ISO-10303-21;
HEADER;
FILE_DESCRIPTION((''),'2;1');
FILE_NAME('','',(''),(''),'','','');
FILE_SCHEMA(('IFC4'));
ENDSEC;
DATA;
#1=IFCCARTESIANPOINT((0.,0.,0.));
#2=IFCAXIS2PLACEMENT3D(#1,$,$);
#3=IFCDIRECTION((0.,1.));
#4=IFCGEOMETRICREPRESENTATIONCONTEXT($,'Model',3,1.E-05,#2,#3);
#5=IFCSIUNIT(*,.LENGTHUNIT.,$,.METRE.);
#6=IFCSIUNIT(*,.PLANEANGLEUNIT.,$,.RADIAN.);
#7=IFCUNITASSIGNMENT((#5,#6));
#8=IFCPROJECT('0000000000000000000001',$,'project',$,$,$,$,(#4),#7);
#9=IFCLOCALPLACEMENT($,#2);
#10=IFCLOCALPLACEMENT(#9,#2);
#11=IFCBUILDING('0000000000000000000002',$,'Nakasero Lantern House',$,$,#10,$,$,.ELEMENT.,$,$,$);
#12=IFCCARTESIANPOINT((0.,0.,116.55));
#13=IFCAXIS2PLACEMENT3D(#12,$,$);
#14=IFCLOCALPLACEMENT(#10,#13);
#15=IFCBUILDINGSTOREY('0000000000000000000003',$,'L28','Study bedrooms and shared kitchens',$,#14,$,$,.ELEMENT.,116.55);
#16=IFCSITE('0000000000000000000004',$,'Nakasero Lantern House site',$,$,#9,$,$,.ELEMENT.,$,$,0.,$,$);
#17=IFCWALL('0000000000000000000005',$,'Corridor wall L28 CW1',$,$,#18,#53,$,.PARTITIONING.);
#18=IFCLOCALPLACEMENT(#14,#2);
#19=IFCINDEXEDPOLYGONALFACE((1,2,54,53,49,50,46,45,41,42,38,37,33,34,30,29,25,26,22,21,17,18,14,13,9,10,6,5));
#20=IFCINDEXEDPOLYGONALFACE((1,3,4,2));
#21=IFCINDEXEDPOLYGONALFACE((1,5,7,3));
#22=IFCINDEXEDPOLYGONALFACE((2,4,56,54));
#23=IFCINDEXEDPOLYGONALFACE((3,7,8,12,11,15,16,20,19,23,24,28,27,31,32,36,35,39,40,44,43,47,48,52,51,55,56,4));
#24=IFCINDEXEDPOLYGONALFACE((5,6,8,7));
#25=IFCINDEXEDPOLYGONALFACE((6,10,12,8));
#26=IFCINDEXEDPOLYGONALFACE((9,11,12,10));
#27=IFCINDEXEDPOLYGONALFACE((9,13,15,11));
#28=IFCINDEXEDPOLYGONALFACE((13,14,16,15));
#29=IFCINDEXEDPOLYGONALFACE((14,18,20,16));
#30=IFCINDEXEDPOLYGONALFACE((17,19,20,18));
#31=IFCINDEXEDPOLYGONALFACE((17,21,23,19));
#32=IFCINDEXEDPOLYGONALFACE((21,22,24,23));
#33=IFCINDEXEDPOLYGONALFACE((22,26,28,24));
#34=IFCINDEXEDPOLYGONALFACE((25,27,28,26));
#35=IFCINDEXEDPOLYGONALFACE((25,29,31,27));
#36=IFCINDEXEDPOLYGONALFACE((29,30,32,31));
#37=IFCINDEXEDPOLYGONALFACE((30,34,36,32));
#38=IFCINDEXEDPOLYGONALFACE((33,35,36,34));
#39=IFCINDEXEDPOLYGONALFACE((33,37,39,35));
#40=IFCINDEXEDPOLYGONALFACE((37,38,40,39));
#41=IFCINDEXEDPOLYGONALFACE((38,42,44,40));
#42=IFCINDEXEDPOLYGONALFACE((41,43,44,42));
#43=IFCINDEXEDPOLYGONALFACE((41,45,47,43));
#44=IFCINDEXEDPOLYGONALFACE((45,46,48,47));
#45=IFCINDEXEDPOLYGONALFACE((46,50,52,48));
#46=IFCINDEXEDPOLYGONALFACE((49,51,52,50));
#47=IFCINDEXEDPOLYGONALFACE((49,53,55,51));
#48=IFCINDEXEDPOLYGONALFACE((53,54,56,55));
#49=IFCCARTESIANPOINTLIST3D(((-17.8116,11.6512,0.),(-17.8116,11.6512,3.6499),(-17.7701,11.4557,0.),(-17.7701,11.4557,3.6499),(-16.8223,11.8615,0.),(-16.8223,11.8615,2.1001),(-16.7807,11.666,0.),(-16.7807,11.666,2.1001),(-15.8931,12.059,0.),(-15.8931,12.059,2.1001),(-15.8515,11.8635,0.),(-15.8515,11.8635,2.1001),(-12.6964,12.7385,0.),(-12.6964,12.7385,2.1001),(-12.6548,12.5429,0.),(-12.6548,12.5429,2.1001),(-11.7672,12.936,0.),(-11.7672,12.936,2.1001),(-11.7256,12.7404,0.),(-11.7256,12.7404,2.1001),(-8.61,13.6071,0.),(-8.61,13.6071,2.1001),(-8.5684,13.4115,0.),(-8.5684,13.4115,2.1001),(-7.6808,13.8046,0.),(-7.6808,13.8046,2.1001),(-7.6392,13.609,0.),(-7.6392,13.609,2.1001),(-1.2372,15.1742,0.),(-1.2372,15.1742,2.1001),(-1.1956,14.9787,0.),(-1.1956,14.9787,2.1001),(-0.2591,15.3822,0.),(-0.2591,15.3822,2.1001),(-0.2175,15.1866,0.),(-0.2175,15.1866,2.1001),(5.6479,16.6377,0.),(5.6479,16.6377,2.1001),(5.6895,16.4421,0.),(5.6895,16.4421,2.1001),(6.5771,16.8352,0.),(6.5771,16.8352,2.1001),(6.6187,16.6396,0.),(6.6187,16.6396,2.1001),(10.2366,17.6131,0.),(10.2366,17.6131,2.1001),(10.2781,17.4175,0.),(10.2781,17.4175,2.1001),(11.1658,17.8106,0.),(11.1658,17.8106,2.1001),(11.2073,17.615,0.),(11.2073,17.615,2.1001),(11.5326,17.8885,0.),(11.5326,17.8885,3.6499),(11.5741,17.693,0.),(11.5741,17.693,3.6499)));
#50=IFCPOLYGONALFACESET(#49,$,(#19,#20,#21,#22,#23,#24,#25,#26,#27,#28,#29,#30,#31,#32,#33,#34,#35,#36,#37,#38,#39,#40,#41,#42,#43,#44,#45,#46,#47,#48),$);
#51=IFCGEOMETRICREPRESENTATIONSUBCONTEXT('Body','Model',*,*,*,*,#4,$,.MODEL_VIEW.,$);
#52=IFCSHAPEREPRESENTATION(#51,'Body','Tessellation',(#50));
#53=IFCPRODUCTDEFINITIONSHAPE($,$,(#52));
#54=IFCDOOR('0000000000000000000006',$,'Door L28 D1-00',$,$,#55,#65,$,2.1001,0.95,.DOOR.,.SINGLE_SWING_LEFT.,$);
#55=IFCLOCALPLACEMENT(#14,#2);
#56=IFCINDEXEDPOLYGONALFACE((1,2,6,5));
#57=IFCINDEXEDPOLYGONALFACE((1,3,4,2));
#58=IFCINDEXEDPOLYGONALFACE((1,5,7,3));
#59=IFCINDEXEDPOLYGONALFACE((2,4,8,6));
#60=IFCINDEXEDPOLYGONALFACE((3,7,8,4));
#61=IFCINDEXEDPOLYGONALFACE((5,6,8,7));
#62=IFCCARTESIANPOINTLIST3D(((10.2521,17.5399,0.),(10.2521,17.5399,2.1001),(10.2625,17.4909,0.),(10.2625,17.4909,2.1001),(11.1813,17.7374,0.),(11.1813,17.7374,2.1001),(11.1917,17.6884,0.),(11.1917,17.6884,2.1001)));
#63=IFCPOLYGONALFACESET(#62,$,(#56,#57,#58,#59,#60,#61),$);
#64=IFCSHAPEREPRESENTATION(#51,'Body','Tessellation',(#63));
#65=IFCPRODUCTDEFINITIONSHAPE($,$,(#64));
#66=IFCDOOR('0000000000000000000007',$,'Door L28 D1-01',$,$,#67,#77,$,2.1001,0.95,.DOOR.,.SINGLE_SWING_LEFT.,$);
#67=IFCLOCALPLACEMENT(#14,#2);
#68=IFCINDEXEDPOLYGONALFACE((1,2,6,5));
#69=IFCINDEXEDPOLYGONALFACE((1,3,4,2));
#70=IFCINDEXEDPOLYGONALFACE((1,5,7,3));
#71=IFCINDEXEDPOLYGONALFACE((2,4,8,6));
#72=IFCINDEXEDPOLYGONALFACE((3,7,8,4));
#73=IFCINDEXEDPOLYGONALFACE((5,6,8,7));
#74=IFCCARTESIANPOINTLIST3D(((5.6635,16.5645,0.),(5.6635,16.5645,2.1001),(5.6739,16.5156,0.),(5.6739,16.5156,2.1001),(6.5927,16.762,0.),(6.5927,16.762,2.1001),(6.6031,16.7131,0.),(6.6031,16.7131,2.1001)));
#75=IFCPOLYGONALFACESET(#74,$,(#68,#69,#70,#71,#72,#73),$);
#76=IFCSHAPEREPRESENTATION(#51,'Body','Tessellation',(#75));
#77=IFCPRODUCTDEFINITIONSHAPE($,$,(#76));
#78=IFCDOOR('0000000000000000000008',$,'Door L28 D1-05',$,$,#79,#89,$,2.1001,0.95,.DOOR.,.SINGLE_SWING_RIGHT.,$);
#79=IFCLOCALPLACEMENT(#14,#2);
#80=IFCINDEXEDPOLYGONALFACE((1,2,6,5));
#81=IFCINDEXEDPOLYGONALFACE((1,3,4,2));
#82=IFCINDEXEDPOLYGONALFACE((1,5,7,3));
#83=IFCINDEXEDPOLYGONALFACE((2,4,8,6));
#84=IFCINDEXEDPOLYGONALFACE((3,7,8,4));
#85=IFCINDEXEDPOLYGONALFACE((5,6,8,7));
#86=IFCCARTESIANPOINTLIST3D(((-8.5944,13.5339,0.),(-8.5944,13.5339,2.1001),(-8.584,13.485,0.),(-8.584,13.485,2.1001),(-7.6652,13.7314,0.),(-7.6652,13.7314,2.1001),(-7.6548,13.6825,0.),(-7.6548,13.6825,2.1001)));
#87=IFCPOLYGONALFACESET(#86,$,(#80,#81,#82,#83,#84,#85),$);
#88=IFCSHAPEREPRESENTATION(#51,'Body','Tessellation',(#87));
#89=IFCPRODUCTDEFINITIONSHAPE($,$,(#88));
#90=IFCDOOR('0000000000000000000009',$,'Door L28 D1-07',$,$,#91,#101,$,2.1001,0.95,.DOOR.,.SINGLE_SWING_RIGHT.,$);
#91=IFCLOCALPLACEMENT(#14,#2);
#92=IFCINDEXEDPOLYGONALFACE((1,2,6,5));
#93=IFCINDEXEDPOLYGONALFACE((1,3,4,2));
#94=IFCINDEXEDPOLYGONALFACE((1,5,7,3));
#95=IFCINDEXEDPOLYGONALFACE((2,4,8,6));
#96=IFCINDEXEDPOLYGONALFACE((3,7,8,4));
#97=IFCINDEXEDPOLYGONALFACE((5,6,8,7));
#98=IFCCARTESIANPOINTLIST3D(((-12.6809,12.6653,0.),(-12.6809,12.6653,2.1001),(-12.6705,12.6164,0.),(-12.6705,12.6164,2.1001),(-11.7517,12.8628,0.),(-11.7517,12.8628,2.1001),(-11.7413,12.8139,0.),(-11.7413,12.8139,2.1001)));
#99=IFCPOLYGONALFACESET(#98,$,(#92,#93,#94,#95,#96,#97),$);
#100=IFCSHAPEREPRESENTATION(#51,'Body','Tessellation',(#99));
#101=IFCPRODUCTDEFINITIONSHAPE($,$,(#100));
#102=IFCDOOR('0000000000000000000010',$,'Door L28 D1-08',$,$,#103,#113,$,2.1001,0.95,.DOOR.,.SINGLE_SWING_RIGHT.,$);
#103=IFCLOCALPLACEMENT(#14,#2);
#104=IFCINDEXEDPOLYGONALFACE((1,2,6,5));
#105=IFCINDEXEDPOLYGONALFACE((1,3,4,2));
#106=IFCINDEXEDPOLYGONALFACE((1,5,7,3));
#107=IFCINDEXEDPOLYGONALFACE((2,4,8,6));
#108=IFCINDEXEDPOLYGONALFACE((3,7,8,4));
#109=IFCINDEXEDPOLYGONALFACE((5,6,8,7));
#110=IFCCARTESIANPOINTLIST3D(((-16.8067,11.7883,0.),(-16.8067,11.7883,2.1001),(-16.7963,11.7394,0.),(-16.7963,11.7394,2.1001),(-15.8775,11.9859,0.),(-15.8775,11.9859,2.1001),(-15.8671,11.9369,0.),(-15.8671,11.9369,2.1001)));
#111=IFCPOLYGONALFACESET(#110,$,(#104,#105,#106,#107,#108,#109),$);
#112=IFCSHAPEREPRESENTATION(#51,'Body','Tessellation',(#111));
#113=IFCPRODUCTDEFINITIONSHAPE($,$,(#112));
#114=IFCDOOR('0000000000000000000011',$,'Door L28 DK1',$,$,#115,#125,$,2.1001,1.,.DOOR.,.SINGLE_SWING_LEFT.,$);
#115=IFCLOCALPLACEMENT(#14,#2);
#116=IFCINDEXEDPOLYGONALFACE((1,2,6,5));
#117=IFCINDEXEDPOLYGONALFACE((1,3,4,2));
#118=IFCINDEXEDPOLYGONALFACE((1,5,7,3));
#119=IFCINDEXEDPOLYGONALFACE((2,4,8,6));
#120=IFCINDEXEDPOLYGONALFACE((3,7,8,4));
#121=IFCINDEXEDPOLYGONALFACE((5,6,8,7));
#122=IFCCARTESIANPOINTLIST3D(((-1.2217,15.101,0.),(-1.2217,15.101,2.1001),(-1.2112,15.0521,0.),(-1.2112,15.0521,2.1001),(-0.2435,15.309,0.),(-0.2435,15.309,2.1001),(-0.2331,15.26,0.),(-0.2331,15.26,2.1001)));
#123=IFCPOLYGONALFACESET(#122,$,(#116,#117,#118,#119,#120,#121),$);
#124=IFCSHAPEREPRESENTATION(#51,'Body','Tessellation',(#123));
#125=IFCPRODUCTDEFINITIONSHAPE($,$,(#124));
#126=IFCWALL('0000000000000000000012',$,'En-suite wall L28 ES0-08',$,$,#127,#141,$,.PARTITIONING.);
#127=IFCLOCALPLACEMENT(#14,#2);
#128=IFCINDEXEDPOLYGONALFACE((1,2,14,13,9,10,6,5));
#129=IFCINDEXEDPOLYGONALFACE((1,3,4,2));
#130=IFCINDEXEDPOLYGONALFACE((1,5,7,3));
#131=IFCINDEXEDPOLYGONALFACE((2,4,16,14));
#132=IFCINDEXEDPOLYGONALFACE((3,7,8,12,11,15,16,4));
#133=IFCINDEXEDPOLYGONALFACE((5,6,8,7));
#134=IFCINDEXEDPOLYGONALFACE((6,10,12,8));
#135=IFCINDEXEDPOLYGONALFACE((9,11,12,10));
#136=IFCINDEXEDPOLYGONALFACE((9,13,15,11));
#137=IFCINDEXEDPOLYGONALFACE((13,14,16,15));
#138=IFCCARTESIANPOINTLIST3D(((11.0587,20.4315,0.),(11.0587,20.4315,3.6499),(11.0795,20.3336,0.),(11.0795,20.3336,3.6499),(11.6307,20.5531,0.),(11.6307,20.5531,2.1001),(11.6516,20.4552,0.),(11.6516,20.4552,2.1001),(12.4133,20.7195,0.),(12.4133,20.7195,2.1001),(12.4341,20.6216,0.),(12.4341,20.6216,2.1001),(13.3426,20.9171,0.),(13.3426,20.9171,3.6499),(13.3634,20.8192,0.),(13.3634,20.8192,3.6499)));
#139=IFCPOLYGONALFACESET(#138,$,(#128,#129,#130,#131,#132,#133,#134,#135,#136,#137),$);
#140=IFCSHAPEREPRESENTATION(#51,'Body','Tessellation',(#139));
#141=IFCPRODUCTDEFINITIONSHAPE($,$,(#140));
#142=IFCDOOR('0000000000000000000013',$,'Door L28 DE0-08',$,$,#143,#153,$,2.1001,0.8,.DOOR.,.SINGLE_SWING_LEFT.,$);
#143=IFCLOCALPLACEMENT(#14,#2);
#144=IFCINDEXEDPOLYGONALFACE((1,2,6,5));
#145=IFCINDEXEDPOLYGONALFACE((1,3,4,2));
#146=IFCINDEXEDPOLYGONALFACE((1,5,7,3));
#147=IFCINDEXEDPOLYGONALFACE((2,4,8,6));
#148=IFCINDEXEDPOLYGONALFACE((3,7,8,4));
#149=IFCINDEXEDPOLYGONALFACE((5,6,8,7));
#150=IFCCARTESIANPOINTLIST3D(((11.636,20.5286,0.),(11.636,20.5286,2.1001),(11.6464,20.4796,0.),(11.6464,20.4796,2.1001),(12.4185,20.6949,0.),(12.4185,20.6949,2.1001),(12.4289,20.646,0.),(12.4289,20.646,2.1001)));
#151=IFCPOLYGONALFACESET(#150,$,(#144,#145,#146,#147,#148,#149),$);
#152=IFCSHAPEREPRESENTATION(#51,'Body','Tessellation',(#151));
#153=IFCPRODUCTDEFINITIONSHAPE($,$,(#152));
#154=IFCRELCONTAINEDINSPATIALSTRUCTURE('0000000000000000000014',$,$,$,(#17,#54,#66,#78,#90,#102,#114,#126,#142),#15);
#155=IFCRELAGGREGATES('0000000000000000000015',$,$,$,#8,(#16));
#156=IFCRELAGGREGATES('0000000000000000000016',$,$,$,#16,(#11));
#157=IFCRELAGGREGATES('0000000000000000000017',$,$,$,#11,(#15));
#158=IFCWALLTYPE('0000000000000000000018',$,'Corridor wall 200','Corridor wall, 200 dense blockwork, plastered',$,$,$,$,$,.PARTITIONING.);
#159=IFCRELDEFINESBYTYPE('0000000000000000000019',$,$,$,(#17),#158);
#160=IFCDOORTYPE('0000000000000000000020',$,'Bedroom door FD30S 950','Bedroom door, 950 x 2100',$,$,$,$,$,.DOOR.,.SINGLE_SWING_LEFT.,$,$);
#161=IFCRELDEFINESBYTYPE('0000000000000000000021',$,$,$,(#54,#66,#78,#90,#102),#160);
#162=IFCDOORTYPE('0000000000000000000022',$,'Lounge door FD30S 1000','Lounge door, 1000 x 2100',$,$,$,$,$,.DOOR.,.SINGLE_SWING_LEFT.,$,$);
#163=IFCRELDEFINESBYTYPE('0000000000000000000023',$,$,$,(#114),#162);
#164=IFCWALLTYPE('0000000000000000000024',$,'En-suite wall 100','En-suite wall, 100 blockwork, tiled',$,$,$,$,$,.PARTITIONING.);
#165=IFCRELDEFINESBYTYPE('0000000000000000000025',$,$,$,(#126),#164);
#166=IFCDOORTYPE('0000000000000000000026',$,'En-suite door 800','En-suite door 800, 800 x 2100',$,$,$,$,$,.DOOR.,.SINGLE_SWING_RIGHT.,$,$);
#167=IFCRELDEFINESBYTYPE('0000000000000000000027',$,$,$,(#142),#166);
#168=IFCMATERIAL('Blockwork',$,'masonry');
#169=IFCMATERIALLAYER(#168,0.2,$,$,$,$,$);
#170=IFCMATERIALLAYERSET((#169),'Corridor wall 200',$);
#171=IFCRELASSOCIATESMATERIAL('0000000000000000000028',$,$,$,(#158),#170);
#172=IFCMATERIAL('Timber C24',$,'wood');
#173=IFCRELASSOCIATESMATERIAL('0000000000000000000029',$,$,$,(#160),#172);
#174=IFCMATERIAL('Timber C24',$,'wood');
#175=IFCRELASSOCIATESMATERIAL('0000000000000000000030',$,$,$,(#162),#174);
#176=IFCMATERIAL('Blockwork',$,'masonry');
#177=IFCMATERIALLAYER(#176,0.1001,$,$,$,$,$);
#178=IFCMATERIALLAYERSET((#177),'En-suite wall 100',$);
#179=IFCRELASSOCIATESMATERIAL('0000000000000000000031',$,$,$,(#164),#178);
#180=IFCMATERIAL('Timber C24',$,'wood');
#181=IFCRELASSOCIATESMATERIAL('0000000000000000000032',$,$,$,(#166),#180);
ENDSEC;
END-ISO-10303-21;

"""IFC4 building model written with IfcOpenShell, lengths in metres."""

from ifc_helpers import new_model, si_unit, direction, frame, frame_2d, origin, place, context, subcontext, project, spatial, rectangle, extrude, material, layer, layer_set, type_object, element, fill, save


model = new_model("IFC4")

# Units and contexts
model_context = context("Model", 3, precision=1e-05, world=origin(), true_north=direction((0.0, 1.0)))
body_context = subcontext(model_context, "Body", "Model", "MODEL_VIEW")
ifc_project = project(units=[si_unit("LENGTHUNIT", "METRE"), si_unit("PLANEANGLEUNIT", "RADIAN")], contexts=[model_context])

# Site, building, storey
site_placement = place(None, origin())
site = spatial("IfcSite", under=ifc_project, at=site_placement, Name="Nakasero Lantern House site", CompositionType="ELEMENT", RefElevation=0.0)
building_placement = place(site_placement, origin())
building = spatial("IfcBuilding", under=site, at=building_placement, Name="Nakasero Lantern House", CompositionType="ELEMENT")
storey_placement = place(building_placement, frame((0.0, 0.0, 116.55)))
storey = spatial("IfcBuildingStorey", under=building, at=storey_placement, Name="L28", Description="Study bedrooms and shared kitchens", CompositionType="ELEMENT", Elevation=116.55)

# Wall, openings, doors
ifc_material_1 = material(Name="Blockwork", Category="masonry")
ifc_layer_1 = layer(ifc_material_1, 0.2)
ifc_layer_set_1 = layer_set([ifc_layer_1], Name="Corridor wall 200")
wall_type_1 = type_object("IfcWallType", Name="Corridor wall 200", Description="Corridor wall, 200 dense blockwork, plastered", PredefinedType="PARTITIONING", material=ifc_layer_set_1)
wall_1_placement = place(storey_placement, frame((11.5535, 17.7908, 0.0), z_axis=(0.0, 0.0, 1.0), x_axis=(-0.978148, -0.207912, 0.0)))
wall_1 = element("IfcWall", 1, at=wall_1_placement, inside=storey, type_object=wall_type_1, Name="Corridor wall L28 CW1", PredefinedType="PARTITIONING", context=body_context, shape_type="SweptSolid", body=[
    extrude(rectangle(XDim=29.9998, YDim=0.2, at=frame_2d((15.0, 0.0))), origin(), (0.0, 0.0, 1.0), 3.6499),
])
opening_1_placement = place(wall_1_placement, frame((0.375, 0.0, 0.0)))
opening_1 = element("IfcOpeningElement", 2, at=opening_1_placement, cuts=wall_1, PredefinedType="OPENING", context=body_context, shape_type="SweptSolid", body=[
    extrude(rectangle(XDim=0.95, YDim=2.1001, at=frame_2d((0.4751, 1.05))), frame((0.0, 0.1199, 0.0), z_axis=(0.0, -1.0, 0.0), x_axis=(1.0, 0.0, 0.0)), (0.0, 0.0, 1.0), 0.24),
])
opening_2_placement = place(wall_1_placement, frame((5.0662, 0.0, 0.0)))
opening_2 = element("IfcOpeningElement", 3, at=opening_2_placement, cuts=wall_1, PredefinedType="OPENING", context=body_context, shape_type="SweptSolid", body=[
    extrude(rectangle(XDim=0.95, YDim=2.1001, at=frame_2d((0.4751, 1.05))), frame((0.0, 0.1199, 0.0), z_axis=(0.0, -1.0, 0.0), x_axis=(1.0, 0.0, 0.0)), (0.0, 0.0, 1.0), 0.24),
])
opening_3_placement = place(wall_1_placement, frame((19.6426, 0.0, 0.0)))
opening_3 = element("IfcOpeningElement", 4, at=opening_3_placement, cuts=wall_1, PredefinedType="OPENING", context=body_context, shape_type="SweptSolid", body=[
    extrude(rectangle(XDim=0.95, YDim=2.1001, at=frame_2d((0.4751, 1.05))), frame((0.0, 0.1199, 0.0), z_axis=(0.0, -1.0, 0.0), x_axis=(1.0, 0.0, 0.0)), (0.0, 0.0, 1.0), 0.24),
])
opening_4_placement = place(wall_1_placement, frame((23.8203, 0.0, 0.0)))
opening_4 = element("IfcOpeningElement", 5, at=opening_4_placement, cuts=wall_1, PredefinedType="OPENING", context=body_context, shape_type="SweptSolid", body=[
    extrude(rectangle(XDim=0.95, YDim=2.1001, at=frame_2d((0.4751, 1.05))), frame((0.0, 0.1199, 0.0), z_axis=(0.0, -1.0, 0.0), x_axis=(1.0, 0.0, 0.0)), (0.0, 0.0, 1.0), 0.24),
])
opening_5_placement = place(wall_1_placement, frame((28.0383, 0.0, 0.0)))
opening_5 = element("IfcOpeningElement", 6, at=opening_5_placement, cuts=wall_1, PredefinedType="OPENING", context=body_context, shape_type="SweptSolid", body=[
    extrude(rectangle(XDim=0.95, YDim=2.1001, at=frame_2d((0.4751, 1.05))), frame((0.0, 0.1199, 0.0), z_axis=(0.0, -1.0, 0.0), x_axis=(1.0, 0.0, 0.0)), (0.0, 0.0, 1.0), 0.24),
])
opening_6_placement = place(wall_1_placement, frame((12.0552, 0.0, 0.0)))
opening_6 = element("IfcOpeningElement", 7, at=opening_6_placement, cuts=wall_1, PredefinedType="OPENING", context=body_context, shape_type="SweptSolid", body=[
    extrude(rectangle(XDim=1.0, YDim=2.1001, at=frame_2d((0.5, 1.05))), frame((0.0, 0.1199, 0.0), z_axis=(0.0, -1.0, 0.0), x_axis=(1.0, 0.0, 0.0)), (0.0, 0.0, 1.0), 0.24),
])
ifc_material_2 = material(Name="Timber C24", Category="wood")
door_type_1 = type_object("IfcDoorType", Name="Bedroom door FD30S 950", Description="Bedroom door, 950 x 2100", OperationType="SINGLE_SWING_LEFT", PredefinedType="DOOR", material=ifc_material_2)
door_1_placement = place(opening_1_placement, origin())
door_1 = element("IfcDoor", 8, at=door_1_placement, inside=storey, type_object=door_type_1, Name="Door L28 D1-00", OperationType="SINGLE_SWING_LEFT", OverallHeight=2.1001, OverallWidth=0.95, PredefinedType="DOOR", context=body_context, shape_type="SweptSolid", body=[
    extrude(rectangle(XDim=0.95, YDim=2.1001, at=frame_2d((0.4751, 1.05))), frame((0.0, 0.0249, 0.0), z_axis=(0.0, -1.0, 0.0), x_axis=(1.0, 0.0, 0.0)), (0.0, 0.0, 1.0), 0.05),
])
fill(opening_1, door_1)
door_2_placement = place(opening_2_placement, origin())
door_2 = element("IfcDoor", 9, at=door_2_placement, inside=storey, type_object=door_type_1, Name="Door L28 D1-01", OperationType="SINGLE_SWING_LEFT", OverallHeight=2.1001, OverallWidth=0.95, PredefinedType="DOOR", context=body_context, shape_type="SweptSolid", body=[
    extrude(rectangle(XDim=0.95, YDim=2.1001, at=frame_2d((0.4751, 1.05))), frame((0.0, 0.0249, 0.0), z_axis=(0.0, -1.0, 0.0), x_axis=(1.0, 0.0, 0.0)), (0.0, 0.0, 1.0), 0.05),
])
fill(opening_2, door_2)
door_3_placement = place(opening_3_placement, origin())
door_3 = element("IfcDoor", 10, at=door_3_placement, inside=storey, type_object=door_type_1, Name="Door L28 D1-05", OperationType="SINGLE_SWING_RIGHT", OverallHeight=2.1001, OverallWidth=0.95, PredefinedType="DOOR", context=body_context, shape_type="SweptSolid", body=[
    extrude(rectangle(XDim=0.95, YDim=2.1001, at=frame_2d((0.4751, 1.05))), frame((0.0, 0.0249, 0.0), z_axis=(0.0, -1.0, 0.0), x_axis=(1.0, 0.0, 0.0)), (0.0, 0.0, 1.0), 0.05),
])
fill(opening_3, door_3)
door_4_placement = place(opening_4_placement, origin())
door_4 = element("IfcDoor", 11, at=door_4_placement, inside=storey, type_object=door_type_1, Name="Door L28 D1-07", OperationType="SINGLE_SWING_RIGHT", OverallHeight=2.1001, OverallWidth=0.95, PredefinedType="DOOR", context=body_context, shape_type="SweptSolid", body=[
    extrude(rectangle(XDim=0.95, YDim=2.1001, at=frame_2d((0.4751, 1.05))), frame((0.0, 0.0249, 0.0), z_axis=(0.0, -1.0, 0.0), x_axis=(1.0, 0.0, 0.0)), (0.0, 0.0, 1.0), 0.05),
])
fill(opening_4, door_4)
door_5_placement = place(opening_5_placement, origin())
door_5 = element("IfcDoor", 12, at=door_5_placement, inside=storey, type_object=door_type_1, Name="Door L28 D1-08", OperationType="SINGLE_SWING_RIGHT", OverallHeight=2.1001, OverallWidth=0.95, PredefinedType="DOOR", context=body_context, shape_type="SweptSolid", body=[
    extrude(rectangle(XDim=0.95, YDim=2.1001, at=frame_2d((0.4751, 1.05))), frame((0.0, 0.0249, 0.0), z_axis=(0.0, -1.0, 0.0), x_axis=(1.0, 0.0, 0.0)), (0.0, 0.0, 1.0), 0.05),
])
fill(opening_5, door_5)
ifc_material_3 = material(Name="Timber C24", Category="wood")
door_type_2 = type_object("IfcDoorType", Name="Lounge door FD30S 1000", Description="Lounge door, 1000 x 2100", OperationType="SINGLE_SWING_LEFT", PredefinedType="DOOR", material=ifc_material_3)
door_6_placement = place(opening_6_placement, origin())
door_6 = element("IfcDoor", 13, at=door_6_placement, inside=storey, type_object=door_type_2, Name="Door L28 DK1", OperationType="SINGLE_SWING_LEFT", OverallHeight=2.1001, OverallWidth=1.0, PredefinedType="DOOR", context=body_context, shape_type="SweptSolid", body=[
    extrude(rectangle(XDim=1.0, YDim=2.1001, at=frame_2d((0.5, 1.05))), frame((0.0, 0.0249, 0.0), z_axis=(0.0, -1.0, 0.0), x_axis=(1.0, 0.0, 0.0)), (0.0, 0.0, 1.0), 0.05),
])
fill(opening_6, door_6)

# Wall, opening, door
ifc_material_4 = material(Name="Blockwork", Category="masonry")
ifc_layer_2 = layer(ifc_material_4, 0.1001)
ifc_layer_set_2 = layer_set([ifc_layer_2], Name="En-suite wall 100")
wall_type_2 = type_object("IfcWallType", Name="En-suite wall 100", Description="En-suite wall, 100 blockwork, tiled", PredefinedType="PARTITIONING", material=ifc_layer_set_2)
wall_2_placement = place(storey_placement, frame((11.0691, 20.3826, 0.0), z_axis=(0.0, 0.0, 1.0), x_axis=(0.978136, 0.207965, 0.0)))
wall_2 = element("IfcWall", 14, at=wall_2_placement, inside=storey, type_object=wall_type_2, Name="En-suite wall L28 ES0-08", PredefinedType="PARTITIONING", context=body_context, shape_type="SweptSolid", body=[
    extrude(rectangle(XDim=2.335, YDim=0.1001, at=frame_2d((1.1675, 0.0))), origin(), (0.0, 0.0, 1.0), 3.6499),
])
opening_7_placement = place(wall_2_placement, frame((0.585, 0.0, 0.0)))
opening_7 = element("IfcOpeningElement", 15, at=opening_7_placement, cuts=wall_2, PredefinedType="OPENING", context=body_context, shape_type="SweptSolid", body=[
    extrude(rectangle(XDim=0.8, YDim=2.1001, at=frame_2d((0.3999, 1.05))), frame((0.0, 0.0701, 0.0), z_axis=(0.0, -1.0, 0.0), x_axis=(1.0, 0.0, 0.0)), (0.0, 0.0, 1.0), 0.1401),
])
ifc_material_5 = material(Name="Timber C24", Category="wood")
door_type_3 = type_object("IfcDoorType", Name="En-suite door 800", Description="En-suite door 800, 800 x 2100", OperationType="SINGLE_SWING_RIGHT", PredefinedType="DOOR", material=ifc_material_5)
door_7_placement = place(opening_7_placement, origin())
door_7 = element("IfcDoor", 16, at=door_7_placement, inside=storey, type_object=door_type_3, Name="Door L28 DE0-08", OperationType="SINGLE_SWING_LEFT", OverallHeight=2.1001, OverallWidth=0.8, PredefinedType="DOOR", context=body_context, shape_type="SweptSolid", body=[
    extrude(rectangle(XDim=0.8, YDim=2.1001, at=frame_2d((0.3999, 1.05))), frame((0.0, 0.0249, 0.0), z_axis=(0.0, -1.0, 0.0), x_axis=(1.0, 0.0, 0.0)), (0.0, 0.0, 1.0), 0.05),
])
fill(opening_7, door_7)

save(model, "model.ifc")
